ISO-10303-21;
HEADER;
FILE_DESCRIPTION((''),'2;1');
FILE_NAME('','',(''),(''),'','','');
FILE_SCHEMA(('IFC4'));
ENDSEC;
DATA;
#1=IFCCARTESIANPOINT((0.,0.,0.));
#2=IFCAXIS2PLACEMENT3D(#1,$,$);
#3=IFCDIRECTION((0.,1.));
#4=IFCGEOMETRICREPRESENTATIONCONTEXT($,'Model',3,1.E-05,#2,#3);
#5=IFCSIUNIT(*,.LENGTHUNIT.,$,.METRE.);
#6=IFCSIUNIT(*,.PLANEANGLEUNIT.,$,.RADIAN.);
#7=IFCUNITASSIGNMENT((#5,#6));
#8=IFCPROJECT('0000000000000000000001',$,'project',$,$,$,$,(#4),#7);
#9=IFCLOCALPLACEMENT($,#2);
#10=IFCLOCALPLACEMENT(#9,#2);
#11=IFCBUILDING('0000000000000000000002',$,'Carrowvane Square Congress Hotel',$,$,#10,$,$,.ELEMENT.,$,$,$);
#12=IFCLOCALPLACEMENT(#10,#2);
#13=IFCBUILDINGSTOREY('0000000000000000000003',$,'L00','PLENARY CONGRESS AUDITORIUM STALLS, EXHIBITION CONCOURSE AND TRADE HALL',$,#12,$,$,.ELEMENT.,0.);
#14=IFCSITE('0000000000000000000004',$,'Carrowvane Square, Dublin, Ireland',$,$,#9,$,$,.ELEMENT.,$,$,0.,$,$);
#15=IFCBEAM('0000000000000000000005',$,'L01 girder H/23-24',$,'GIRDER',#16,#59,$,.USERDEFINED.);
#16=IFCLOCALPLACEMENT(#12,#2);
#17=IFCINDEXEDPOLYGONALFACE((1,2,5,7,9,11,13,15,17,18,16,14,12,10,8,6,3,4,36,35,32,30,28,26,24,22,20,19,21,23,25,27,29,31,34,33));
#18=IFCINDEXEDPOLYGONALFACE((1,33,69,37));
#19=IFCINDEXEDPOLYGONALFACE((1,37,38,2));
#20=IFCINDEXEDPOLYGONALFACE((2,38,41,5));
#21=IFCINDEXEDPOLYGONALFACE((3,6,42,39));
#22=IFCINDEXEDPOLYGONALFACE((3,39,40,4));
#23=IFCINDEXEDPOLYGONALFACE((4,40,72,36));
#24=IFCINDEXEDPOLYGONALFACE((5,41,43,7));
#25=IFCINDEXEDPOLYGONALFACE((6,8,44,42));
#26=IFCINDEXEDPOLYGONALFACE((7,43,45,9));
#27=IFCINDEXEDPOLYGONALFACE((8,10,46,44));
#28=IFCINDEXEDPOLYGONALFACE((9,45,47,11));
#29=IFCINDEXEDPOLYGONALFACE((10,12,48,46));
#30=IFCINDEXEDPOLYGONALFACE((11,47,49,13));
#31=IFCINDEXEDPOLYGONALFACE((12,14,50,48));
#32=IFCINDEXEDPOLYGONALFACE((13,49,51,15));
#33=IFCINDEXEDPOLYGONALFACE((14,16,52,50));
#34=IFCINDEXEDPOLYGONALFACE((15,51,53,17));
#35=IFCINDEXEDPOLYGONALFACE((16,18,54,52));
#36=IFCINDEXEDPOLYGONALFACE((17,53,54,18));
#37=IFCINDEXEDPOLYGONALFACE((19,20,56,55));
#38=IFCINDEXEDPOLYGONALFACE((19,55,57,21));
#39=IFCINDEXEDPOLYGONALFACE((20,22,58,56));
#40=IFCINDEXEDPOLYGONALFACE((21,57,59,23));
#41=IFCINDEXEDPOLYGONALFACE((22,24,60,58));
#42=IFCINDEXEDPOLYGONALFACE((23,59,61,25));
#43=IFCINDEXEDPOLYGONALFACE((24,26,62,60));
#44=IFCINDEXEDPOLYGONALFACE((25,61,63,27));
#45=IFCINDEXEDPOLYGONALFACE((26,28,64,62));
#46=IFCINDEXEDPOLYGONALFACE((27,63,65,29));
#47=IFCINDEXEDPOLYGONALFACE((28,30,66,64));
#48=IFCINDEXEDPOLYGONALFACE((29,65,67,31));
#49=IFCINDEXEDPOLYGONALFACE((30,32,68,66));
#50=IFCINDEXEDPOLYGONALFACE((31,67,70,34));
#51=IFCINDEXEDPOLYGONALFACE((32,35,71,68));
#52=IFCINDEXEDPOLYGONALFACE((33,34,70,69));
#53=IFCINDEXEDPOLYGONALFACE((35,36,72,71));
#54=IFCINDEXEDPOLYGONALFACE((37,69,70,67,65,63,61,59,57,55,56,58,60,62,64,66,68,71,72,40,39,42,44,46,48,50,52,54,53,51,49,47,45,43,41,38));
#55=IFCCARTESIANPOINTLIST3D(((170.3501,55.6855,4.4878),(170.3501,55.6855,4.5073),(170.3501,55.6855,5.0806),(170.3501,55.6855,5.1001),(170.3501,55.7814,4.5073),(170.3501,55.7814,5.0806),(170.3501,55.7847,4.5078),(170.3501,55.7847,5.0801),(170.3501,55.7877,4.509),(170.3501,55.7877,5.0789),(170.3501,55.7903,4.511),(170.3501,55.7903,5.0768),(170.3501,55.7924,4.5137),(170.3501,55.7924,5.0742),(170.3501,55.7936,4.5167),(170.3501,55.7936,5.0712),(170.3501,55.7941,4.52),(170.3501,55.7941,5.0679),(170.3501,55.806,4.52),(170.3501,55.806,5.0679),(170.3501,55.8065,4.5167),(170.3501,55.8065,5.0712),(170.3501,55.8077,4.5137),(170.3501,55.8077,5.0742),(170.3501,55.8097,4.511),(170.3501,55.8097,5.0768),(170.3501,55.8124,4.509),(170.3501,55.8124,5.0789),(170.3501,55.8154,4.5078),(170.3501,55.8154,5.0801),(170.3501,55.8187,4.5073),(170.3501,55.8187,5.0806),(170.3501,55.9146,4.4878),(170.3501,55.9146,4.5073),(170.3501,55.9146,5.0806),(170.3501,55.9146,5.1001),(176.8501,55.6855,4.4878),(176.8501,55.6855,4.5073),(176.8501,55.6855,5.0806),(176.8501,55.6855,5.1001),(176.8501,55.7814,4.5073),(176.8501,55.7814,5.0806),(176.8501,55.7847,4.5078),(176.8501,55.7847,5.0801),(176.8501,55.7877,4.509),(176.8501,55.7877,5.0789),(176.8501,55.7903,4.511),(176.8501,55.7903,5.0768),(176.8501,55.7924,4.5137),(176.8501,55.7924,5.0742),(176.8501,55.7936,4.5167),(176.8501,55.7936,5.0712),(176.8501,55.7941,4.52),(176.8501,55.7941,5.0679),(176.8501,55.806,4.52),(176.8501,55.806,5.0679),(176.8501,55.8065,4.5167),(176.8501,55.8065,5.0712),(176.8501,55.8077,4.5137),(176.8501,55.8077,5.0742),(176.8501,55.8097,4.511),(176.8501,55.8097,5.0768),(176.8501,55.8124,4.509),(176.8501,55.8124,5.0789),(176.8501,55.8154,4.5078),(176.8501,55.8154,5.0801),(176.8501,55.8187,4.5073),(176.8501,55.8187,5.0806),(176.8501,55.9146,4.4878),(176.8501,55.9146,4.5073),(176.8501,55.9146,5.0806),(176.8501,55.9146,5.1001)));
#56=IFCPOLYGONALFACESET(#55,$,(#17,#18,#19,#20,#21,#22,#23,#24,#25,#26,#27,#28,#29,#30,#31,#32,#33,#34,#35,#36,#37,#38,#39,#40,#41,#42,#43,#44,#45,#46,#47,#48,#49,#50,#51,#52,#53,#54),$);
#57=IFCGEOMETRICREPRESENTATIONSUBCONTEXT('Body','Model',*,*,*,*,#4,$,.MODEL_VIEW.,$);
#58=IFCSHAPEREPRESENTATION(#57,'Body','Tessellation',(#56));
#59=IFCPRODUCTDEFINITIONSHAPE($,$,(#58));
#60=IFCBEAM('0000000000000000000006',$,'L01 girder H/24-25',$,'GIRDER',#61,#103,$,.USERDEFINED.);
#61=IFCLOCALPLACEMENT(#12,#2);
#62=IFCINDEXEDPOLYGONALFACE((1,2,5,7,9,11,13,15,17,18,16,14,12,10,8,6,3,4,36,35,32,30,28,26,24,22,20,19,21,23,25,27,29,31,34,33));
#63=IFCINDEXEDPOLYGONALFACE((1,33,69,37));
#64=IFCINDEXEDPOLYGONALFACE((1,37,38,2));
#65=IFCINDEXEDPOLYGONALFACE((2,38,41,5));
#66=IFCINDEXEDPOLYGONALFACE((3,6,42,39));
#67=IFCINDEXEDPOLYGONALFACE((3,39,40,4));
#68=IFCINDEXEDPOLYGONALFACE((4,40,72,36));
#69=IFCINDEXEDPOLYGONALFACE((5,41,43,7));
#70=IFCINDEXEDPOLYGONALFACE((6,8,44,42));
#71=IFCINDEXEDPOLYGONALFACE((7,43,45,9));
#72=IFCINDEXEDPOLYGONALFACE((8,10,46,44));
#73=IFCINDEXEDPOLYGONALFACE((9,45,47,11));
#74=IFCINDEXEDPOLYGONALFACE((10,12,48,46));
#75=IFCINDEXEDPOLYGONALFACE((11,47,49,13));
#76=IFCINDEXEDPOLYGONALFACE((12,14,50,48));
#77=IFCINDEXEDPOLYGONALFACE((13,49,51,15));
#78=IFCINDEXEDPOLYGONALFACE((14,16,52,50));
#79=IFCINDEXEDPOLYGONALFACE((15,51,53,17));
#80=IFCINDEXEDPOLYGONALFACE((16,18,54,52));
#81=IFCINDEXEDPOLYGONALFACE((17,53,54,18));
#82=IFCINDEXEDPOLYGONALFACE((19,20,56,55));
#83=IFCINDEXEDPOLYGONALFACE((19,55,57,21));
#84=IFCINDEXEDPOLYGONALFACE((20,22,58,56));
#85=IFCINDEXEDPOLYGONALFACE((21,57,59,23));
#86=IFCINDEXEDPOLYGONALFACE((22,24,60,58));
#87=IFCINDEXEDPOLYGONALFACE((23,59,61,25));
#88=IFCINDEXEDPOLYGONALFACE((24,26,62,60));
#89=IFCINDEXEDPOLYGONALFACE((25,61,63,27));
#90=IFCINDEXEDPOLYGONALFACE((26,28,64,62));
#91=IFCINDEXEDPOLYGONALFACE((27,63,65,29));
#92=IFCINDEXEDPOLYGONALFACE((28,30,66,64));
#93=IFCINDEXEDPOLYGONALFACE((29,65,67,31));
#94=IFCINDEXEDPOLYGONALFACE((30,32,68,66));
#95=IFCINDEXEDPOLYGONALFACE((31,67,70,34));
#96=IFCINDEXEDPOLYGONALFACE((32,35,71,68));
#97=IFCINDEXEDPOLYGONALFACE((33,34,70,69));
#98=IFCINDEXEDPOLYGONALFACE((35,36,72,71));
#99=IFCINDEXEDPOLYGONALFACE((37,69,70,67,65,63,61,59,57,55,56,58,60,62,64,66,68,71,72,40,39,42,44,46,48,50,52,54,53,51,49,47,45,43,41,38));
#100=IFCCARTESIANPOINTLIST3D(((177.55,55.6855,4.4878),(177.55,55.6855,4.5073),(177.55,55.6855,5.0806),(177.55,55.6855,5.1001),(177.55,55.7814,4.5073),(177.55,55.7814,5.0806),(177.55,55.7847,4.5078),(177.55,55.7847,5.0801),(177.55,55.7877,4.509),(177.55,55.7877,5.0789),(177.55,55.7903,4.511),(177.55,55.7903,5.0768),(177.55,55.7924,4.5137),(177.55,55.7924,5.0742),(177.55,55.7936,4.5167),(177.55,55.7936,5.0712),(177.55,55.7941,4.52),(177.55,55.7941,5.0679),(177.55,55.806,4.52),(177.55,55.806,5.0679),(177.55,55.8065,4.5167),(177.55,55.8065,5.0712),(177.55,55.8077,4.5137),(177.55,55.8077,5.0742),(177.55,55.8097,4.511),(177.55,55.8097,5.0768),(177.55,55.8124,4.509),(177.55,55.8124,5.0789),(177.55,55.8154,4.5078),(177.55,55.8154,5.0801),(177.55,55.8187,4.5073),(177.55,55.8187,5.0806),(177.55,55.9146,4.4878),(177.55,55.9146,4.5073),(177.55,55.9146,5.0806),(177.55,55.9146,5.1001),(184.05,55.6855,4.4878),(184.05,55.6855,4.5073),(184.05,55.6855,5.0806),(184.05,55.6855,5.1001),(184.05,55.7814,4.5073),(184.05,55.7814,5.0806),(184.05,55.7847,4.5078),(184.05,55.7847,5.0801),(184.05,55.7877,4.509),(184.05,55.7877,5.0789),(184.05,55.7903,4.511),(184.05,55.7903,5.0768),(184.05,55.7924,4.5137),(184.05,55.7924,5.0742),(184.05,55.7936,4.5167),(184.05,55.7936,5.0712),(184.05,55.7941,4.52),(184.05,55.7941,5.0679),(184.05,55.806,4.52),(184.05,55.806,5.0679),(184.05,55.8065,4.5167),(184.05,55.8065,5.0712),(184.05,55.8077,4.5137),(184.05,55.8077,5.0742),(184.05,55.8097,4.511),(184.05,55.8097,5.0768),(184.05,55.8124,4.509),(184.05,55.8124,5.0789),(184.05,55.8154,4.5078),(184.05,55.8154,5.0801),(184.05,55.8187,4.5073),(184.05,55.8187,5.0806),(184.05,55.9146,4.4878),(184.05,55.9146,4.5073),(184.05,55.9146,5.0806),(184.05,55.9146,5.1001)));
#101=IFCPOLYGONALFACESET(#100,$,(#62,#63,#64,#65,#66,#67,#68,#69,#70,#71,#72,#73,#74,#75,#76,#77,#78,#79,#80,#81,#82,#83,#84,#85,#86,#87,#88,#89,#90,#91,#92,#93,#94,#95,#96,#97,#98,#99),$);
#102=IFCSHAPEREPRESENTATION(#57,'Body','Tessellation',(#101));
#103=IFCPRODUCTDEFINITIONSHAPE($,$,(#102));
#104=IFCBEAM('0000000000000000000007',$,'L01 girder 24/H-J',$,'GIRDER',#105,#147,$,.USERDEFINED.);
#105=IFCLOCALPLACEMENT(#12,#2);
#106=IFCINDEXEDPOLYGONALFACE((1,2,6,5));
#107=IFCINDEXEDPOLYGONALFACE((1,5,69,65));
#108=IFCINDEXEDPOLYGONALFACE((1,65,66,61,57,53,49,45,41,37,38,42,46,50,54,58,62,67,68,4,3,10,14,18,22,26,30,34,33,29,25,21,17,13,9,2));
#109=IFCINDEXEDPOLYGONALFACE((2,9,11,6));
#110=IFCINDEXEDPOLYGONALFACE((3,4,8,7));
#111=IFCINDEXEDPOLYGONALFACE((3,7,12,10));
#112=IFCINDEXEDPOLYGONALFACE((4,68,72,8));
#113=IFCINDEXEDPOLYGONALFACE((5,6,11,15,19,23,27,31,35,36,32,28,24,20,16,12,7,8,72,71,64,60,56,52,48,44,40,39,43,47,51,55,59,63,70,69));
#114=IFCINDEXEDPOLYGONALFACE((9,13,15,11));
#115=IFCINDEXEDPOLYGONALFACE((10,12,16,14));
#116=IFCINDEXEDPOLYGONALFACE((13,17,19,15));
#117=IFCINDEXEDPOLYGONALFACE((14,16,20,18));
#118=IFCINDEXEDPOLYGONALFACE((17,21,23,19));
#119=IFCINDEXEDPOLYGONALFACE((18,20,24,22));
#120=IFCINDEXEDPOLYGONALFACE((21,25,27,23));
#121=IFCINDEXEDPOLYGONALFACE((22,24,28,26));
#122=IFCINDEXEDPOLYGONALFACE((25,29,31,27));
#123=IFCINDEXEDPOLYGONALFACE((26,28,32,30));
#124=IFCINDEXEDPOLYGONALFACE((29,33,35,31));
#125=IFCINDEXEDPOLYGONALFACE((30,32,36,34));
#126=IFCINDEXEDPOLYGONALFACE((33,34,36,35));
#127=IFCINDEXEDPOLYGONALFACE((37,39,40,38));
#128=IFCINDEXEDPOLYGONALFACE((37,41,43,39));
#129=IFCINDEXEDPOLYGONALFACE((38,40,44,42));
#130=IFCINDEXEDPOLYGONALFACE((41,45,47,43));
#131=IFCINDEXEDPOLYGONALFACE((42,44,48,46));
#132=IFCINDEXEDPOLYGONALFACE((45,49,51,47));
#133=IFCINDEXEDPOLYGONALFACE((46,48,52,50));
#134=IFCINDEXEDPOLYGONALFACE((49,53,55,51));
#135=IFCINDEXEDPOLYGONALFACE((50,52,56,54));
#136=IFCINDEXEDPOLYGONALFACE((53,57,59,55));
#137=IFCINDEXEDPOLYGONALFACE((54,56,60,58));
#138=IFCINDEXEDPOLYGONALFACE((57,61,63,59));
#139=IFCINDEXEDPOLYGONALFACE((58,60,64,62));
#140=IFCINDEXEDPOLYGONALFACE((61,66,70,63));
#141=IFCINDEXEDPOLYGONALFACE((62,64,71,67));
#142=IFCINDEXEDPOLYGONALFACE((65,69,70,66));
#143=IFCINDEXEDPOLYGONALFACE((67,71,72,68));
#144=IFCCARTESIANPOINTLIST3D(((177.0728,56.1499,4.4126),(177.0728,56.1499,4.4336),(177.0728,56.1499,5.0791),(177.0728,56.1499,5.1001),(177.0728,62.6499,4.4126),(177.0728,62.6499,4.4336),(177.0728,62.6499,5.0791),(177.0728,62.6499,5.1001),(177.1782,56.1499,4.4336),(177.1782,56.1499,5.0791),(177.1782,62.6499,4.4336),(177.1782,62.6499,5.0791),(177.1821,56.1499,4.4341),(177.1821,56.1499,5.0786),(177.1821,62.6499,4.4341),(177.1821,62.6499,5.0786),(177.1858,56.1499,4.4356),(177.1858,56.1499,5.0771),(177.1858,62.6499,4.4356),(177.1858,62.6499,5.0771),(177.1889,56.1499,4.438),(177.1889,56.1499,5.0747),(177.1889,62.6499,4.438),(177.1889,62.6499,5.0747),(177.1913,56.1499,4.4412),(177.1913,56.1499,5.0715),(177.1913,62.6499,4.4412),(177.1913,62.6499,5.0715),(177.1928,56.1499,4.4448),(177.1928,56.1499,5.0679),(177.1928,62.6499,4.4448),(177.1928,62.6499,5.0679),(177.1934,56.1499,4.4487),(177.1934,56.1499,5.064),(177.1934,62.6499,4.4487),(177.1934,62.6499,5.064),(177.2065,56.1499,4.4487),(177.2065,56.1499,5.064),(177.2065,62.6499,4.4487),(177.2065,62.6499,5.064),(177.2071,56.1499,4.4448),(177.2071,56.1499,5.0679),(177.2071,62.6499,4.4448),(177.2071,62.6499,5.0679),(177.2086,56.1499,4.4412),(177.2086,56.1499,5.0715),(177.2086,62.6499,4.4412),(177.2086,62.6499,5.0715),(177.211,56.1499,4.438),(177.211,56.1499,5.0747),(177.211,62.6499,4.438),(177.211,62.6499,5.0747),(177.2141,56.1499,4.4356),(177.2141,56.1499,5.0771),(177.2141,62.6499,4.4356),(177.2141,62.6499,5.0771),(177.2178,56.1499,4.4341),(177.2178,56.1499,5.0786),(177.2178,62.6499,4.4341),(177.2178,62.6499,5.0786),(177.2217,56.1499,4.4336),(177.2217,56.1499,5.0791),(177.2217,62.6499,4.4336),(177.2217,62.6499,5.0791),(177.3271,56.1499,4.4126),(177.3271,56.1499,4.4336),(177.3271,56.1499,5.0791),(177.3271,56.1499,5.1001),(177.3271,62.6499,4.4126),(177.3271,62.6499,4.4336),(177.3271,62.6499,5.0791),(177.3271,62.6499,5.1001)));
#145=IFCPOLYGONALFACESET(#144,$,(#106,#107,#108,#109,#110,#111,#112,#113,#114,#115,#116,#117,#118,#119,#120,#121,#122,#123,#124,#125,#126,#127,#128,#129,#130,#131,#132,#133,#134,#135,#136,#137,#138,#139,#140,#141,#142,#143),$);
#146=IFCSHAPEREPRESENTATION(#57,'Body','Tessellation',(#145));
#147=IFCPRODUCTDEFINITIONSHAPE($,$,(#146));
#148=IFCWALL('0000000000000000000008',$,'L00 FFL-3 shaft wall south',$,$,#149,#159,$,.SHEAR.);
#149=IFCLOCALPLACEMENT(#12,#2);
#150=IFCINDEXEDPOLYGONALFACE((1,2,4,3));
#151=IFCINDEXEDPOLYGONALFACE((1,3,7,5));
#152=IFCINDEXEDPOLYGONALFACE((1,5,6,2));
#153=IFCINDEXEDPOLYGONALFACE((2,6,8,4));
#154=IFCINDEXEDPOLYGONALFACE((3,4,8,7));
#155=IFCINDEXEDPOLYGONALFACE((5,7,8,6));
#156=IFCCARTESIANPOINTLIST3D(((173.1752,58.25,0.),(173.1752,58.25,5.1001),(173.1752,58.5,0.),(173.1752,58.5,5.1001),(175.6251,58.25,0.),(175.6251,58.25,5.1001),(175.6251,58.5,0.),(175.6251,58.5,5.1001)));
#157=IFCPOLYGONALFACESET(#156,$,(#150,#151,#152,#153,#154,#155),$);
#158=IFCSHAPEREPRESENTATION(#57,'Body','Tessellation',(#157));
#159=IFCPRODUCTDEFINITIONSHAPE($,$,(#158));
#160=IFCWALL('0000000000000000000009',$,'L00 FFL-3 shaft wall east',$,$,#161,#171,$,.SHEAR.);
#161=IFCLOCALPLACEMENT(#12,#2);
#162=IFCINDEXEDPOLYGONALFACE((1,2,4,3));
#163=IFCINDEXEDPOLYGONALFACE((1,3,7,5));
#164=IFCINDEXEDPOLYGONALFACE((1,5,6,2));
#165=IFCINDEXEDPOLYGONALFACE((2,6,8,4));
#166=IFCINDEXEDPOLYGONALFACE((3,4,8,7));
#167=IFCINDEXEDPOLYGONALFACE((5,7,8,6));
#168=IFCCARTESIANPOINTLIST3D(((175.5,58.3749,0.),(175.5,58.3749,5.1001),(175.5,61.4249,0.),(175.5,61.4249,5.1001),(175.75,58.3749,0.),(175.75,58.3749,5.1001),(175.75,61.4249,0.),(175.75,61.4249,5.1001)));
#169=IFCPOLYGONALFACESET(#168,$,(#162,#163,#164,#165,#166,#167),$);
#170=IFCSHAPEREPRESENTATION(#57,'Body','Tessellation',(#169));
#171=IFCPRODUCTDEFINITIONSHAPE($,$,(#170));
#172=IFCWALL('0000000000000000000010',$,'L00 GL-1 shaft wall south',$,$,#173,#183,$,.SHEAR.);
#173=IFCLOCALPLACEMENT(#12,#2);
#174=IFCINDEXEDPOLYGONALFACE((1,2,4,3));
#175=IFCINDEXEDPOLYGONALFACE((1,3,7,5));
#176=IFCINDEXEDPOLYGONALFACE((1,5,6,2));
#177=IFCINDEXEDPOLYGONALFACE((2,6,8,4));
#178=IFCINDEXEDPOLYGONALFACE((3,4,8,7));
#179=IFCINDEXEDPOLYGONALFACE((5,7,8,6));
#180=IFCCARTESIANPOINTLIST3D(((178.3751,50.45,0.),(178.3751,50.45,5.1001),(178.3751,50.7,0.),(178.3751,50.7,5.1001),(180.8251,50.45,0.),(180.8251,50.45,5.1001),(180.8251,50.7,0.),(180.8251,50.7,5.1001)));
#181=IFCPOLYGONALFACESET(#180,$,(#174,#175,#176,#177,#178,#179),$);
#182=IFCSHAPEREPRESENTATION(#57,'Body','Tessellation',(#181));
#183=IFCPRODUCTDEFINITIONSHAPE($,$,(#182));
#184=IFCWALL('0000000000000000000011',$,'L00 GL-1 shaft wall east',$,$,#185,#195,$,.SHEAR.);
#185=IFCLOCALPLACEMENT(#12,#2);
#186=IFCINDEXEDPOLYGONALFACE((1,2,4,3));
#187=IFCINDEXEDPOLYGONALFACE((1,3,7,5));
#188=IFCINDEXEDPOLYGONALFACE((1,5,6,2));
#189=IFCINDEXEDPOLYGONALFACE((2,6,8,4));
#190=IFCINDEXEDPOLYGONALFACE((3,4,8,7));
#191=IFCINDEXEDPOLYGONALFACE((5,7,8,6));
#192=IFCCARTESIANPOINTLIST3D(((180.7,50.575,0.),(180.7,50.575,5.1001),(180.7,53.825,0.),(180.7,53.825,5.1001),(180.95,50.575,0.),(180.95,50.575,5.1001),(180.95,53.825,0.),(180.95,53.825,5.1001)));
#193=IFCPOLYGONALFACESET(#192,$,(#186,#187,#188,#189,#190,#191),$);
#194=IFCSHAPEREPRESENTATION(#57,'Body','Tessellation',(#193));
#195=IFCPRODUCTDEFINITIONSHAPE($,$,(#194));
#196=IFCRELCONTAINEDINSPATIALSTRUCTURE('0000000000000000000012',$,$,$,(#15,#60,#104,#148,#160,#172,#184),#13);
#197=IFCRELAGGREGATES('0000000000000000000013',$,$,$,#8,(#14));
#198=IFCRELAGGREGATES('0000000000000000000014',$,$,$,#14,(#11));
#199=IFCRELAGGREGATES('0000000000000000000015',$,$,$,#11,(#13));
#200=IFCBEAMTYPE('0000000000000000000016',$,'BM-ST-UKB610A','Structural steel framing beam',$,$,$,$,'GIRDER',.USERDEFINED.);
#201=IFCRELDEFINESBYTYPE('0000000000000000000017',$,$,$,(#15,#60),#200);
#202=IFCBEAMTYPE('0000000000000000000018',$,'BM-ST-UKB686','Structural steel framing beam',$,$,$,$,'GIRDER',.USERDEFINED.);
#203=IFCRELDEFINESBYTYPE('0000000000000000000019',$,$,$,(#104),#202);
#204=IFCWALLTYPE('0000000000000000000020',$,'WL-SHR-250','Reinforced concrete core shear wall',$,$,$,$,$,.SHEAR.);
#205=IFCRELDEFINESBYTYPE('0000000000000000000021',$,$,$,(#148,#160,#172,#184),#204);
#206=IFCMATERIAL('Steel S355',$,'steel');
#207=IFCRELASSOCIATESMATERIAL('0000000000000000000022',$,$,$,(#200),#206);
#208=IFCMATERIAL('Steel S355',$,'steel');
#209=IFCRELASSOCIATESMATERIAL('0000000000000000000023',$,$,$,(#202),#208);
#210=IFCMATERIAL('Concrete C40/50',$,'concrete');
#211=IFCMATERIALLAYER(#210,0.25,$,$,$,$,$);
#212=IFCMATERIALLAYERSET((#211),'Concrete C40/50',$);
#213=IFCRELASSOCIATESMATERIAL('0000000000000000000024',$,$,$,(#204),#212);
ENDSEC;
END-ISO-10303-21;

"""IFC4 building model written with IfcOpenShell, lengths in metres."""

from ifc_helpers import new_model, si_unit, direction, frame, frame_2d, origin, origin_2d, place, context, subcontext, project, spatial, rectangle, i_section, extrude, material, layer, layer_set, material_profile, profile_set, type_object, element, save


model = new_model("IFC4")

# Units and contexts
model_context = context("Model", 3, precision=1e-05, world=origin(), true_north=direction((0.0, 1.0)))
body_context = subcontext(model_context, "Body", "Model", "MODEL_VIEW")
ifc_project = project(units=[si_unit("LENGTHUNIT", "METRE"), si_unit("PLANEANGLEUNIT", "RADIAN")], contexts=[model_context])

# Site, building, storey
site_placement = place(None, origin())
site = spatial("IfcSite", under=ifc_project, at=site_placement, Name="Carrowvane Square, Dublin, Ireland", CompositionType="ELEMENT", RefElevation=0.0)
building_placement = place(site_placement, origin())
building = spatial("IfcBuilding", under=site, at=building_placement, Name="Carrowvane Square Congress Hotel", CompositionType="ELEMENT")
storey_placement = place(building_placement, origin())
storey = spatial("IfcBuildingStorey", under=building, at=storey_placement, Name="L00", Description="PLENARY CONGRESS AUDITORIUM STALLS, EXHIBITION CONCOURSE AND TRADE HALL", CompositionType="ELEMENT", Elevation=0.0)

# Beams
ifc_material_1 = material(Name="Steel S355", Category="steel")
ifc_material_profile_1 = material_profile(ifc_material_1, i_section(OverallWidth=0.229, OverallDepth=0.6123, WebThickness=0.012, FlangeThickness=0.0195, FilletRadius=0.0127, at=origin_2d()), Name="UKB 610x229x125")
ifc_profile_set_1 = profile_set([ifc_material_profile_1], Name="Steel S355")
beam_type_1 = type_object("IfcBeamType", Name="BM-ST-UKB610A", Description="Structural steel framing beam", ElementType="GIRDER", PredefinedType="USERDEFINED", material=ifc_profile_set_1)
for number, where, z_axis, x_axis, name in (
    (1, (170.3501, 55.8, 4.7939), (1.0, 0.0, 0.0), (0.0, 1.0, 0.0), "L01 girder H/23-24"),
    (2, (177.55, 55.8, 4.7939), (1.0, 0.0, 0.0), (0.0, 1.0, 0.0), "L01 girder H/24-25"),
):
    element("IfcBeam", number, at=place(storey_placement, frame(where, z_axis=z_axis, x_axis=x_axis)), inside=storey, type_object=beam_type_1, Name=name, ObjectType="GIRDER", PredefinedType="USERDEFINED", context=body_context, shape_type="SweptSolid", body=[
        extrude(i_section(OverallWidth=0.229, OverallDepth=0.6123, WebThickness=0.012, FlangeThickness=0.0195, FilletRadius=0.0127, at=origin_2d()), origin(), (0.0, 0.0, 1.0), 6.5),
    ])
ifc_material_2 = material(Name="Steel S355", Category="steel")
ifc_material_profile_2 = material_profile(ifc_material_2, i_section(OverallWidth=0.2544, OverallDepth=0.6875, WebThickness=0.0132, FlangeThickness=0.021, FilletRadius=0.0151, at=origin_2d()), Name="UKB 686x254x152")
ifc_profile_set_2 = profile_set([ifc_material_profile_2], Name="Steel S355")
beam_type_2 = type_object("IfcBeamType", Name="BM-ST-UKB686", Description="Structural steel framing beam", ElementType="GIRDER", PredefinedType="USERDEFINED", material=ifc_profile_set_2)
beam_1_placement = place(storey_placement, frame((177.2, 56.1499, 4.7563), z_axis=(0.0, 1.0, 0.0), x_axis=(-1.0, 0.0, 0.0)))
element("IfcBeam", 3, at=beam_1_placement, inside=storey, type_object=beam_type_2, Name="L01 girder 24/H-J", ObjectType="GIRDER", PredefinedType="USERDEFINED", context=body_context, shape_type="SweptSolid", body=[
    extrude(i_section(OverallWidth=0.2544, OverallDepth=0.6875, WebThickness=0.0132, FlangeThickness=0.021, FilletRadius=0.0151, at=origin_2d()), origin(), (0.0, 0.0, 1.0), 6.5),
])

# Walls
ifc_material_3 = material(Name="Concrete C40/50", Category="concrete")
ifc_layer_1 = layer(ifc_material_3, 0.25)
ifc_layer_set_1 = layer_set([ifc_layer_1], Name="Concrete C40/50")
wall_type_1 = type_object("IfcWallType", Name="WL-SHR-250", Description="Reinforced concrete core shear wall", PredefinedType="SHEAR", material=ifc_layer_set_1)
wall_1_placement = place(storey_placement, frame((173.175, 58.375, 0.0), z_axis=(0.0, 0.0, 1.0), x_axis=(1.0, 0.0, 0.0)))
element("IfcWall", 4, at=wall_1_placement, inside=storey, type_object=wall_type_1, Name="L00 FFL-3 shaft wall south", PredefinedType="SHEAR", context=body_context, shape_type="SweptSolid", body=[
    extrude(rectangle(XDim=2.45, YDim=0.25, at=frame_2d((1.2251, 0.0))), origin(), (0.0, 0.0, 1.0), 5.1001),
])
wall_2_placement = place(storey_placement, frame((175.625, 58.375, 0.0), z_axis=(0.0, 0.0, 1.0), x_axis=(0.0, 1.0, 0.0)))
element("IfcWall", 5, at=wall_2_placement, inside=storey, type_object=wall_type_1, Name="L00 FFL-3 shaft wall east", PredefinedType="SHEAR", context=body_context, shape_type="SweptSolid", body=[
    extrude(rectangle(XDim=3.05, YDim=0.25, at=frame_2d((1.5249, 0.0))), origin(), (0.0, 0.0, 1.0), 5.1001),
])
wall_3_placement = place(storey_placement, frame((178.375, 50.575, 0.0), z_axis=(0.0, 0.0, 1.0), x_axis=(1.0, 0.0, 0.0)))
element("IfcWall", 6, at=wall_3_placement, inside=storey, type_object=wall_type_1, Name="L00 GL-1 shaft wall south", PredefinedType="SHEAR", context=body_context, shape_type="SweptSolid", body=[
    extrude(rectangle(XDim=2.45, YDim=0.25, at=frame_2d((1.2251, 0.0))), origin(), (0.0, 0.0, 1.0), 5.1001),
])
wall_4_placement = place(storey_placement, frame((180.825, 50.575, 0.0), z_axis=(0.0, 0.0, 1.0), x_axis=(0.0, 1.0, 0.0)))
element("IfcWall", 7, at=wall_4_placement, inside=storey, type_object=wall_type_1, Name="L00 GL-1 shaft wall east", PredefinedType="SHEAR", context=body_context, shape_type="SweptSolid", body=[
    extrude(rectangle(XDim=3.25, YDim=0.25, at=frame_2d((1.625, 0.0))), origin(), (0.0, 0.0, 1.0), 5.1001),
])

save(model, "model.ifc")
